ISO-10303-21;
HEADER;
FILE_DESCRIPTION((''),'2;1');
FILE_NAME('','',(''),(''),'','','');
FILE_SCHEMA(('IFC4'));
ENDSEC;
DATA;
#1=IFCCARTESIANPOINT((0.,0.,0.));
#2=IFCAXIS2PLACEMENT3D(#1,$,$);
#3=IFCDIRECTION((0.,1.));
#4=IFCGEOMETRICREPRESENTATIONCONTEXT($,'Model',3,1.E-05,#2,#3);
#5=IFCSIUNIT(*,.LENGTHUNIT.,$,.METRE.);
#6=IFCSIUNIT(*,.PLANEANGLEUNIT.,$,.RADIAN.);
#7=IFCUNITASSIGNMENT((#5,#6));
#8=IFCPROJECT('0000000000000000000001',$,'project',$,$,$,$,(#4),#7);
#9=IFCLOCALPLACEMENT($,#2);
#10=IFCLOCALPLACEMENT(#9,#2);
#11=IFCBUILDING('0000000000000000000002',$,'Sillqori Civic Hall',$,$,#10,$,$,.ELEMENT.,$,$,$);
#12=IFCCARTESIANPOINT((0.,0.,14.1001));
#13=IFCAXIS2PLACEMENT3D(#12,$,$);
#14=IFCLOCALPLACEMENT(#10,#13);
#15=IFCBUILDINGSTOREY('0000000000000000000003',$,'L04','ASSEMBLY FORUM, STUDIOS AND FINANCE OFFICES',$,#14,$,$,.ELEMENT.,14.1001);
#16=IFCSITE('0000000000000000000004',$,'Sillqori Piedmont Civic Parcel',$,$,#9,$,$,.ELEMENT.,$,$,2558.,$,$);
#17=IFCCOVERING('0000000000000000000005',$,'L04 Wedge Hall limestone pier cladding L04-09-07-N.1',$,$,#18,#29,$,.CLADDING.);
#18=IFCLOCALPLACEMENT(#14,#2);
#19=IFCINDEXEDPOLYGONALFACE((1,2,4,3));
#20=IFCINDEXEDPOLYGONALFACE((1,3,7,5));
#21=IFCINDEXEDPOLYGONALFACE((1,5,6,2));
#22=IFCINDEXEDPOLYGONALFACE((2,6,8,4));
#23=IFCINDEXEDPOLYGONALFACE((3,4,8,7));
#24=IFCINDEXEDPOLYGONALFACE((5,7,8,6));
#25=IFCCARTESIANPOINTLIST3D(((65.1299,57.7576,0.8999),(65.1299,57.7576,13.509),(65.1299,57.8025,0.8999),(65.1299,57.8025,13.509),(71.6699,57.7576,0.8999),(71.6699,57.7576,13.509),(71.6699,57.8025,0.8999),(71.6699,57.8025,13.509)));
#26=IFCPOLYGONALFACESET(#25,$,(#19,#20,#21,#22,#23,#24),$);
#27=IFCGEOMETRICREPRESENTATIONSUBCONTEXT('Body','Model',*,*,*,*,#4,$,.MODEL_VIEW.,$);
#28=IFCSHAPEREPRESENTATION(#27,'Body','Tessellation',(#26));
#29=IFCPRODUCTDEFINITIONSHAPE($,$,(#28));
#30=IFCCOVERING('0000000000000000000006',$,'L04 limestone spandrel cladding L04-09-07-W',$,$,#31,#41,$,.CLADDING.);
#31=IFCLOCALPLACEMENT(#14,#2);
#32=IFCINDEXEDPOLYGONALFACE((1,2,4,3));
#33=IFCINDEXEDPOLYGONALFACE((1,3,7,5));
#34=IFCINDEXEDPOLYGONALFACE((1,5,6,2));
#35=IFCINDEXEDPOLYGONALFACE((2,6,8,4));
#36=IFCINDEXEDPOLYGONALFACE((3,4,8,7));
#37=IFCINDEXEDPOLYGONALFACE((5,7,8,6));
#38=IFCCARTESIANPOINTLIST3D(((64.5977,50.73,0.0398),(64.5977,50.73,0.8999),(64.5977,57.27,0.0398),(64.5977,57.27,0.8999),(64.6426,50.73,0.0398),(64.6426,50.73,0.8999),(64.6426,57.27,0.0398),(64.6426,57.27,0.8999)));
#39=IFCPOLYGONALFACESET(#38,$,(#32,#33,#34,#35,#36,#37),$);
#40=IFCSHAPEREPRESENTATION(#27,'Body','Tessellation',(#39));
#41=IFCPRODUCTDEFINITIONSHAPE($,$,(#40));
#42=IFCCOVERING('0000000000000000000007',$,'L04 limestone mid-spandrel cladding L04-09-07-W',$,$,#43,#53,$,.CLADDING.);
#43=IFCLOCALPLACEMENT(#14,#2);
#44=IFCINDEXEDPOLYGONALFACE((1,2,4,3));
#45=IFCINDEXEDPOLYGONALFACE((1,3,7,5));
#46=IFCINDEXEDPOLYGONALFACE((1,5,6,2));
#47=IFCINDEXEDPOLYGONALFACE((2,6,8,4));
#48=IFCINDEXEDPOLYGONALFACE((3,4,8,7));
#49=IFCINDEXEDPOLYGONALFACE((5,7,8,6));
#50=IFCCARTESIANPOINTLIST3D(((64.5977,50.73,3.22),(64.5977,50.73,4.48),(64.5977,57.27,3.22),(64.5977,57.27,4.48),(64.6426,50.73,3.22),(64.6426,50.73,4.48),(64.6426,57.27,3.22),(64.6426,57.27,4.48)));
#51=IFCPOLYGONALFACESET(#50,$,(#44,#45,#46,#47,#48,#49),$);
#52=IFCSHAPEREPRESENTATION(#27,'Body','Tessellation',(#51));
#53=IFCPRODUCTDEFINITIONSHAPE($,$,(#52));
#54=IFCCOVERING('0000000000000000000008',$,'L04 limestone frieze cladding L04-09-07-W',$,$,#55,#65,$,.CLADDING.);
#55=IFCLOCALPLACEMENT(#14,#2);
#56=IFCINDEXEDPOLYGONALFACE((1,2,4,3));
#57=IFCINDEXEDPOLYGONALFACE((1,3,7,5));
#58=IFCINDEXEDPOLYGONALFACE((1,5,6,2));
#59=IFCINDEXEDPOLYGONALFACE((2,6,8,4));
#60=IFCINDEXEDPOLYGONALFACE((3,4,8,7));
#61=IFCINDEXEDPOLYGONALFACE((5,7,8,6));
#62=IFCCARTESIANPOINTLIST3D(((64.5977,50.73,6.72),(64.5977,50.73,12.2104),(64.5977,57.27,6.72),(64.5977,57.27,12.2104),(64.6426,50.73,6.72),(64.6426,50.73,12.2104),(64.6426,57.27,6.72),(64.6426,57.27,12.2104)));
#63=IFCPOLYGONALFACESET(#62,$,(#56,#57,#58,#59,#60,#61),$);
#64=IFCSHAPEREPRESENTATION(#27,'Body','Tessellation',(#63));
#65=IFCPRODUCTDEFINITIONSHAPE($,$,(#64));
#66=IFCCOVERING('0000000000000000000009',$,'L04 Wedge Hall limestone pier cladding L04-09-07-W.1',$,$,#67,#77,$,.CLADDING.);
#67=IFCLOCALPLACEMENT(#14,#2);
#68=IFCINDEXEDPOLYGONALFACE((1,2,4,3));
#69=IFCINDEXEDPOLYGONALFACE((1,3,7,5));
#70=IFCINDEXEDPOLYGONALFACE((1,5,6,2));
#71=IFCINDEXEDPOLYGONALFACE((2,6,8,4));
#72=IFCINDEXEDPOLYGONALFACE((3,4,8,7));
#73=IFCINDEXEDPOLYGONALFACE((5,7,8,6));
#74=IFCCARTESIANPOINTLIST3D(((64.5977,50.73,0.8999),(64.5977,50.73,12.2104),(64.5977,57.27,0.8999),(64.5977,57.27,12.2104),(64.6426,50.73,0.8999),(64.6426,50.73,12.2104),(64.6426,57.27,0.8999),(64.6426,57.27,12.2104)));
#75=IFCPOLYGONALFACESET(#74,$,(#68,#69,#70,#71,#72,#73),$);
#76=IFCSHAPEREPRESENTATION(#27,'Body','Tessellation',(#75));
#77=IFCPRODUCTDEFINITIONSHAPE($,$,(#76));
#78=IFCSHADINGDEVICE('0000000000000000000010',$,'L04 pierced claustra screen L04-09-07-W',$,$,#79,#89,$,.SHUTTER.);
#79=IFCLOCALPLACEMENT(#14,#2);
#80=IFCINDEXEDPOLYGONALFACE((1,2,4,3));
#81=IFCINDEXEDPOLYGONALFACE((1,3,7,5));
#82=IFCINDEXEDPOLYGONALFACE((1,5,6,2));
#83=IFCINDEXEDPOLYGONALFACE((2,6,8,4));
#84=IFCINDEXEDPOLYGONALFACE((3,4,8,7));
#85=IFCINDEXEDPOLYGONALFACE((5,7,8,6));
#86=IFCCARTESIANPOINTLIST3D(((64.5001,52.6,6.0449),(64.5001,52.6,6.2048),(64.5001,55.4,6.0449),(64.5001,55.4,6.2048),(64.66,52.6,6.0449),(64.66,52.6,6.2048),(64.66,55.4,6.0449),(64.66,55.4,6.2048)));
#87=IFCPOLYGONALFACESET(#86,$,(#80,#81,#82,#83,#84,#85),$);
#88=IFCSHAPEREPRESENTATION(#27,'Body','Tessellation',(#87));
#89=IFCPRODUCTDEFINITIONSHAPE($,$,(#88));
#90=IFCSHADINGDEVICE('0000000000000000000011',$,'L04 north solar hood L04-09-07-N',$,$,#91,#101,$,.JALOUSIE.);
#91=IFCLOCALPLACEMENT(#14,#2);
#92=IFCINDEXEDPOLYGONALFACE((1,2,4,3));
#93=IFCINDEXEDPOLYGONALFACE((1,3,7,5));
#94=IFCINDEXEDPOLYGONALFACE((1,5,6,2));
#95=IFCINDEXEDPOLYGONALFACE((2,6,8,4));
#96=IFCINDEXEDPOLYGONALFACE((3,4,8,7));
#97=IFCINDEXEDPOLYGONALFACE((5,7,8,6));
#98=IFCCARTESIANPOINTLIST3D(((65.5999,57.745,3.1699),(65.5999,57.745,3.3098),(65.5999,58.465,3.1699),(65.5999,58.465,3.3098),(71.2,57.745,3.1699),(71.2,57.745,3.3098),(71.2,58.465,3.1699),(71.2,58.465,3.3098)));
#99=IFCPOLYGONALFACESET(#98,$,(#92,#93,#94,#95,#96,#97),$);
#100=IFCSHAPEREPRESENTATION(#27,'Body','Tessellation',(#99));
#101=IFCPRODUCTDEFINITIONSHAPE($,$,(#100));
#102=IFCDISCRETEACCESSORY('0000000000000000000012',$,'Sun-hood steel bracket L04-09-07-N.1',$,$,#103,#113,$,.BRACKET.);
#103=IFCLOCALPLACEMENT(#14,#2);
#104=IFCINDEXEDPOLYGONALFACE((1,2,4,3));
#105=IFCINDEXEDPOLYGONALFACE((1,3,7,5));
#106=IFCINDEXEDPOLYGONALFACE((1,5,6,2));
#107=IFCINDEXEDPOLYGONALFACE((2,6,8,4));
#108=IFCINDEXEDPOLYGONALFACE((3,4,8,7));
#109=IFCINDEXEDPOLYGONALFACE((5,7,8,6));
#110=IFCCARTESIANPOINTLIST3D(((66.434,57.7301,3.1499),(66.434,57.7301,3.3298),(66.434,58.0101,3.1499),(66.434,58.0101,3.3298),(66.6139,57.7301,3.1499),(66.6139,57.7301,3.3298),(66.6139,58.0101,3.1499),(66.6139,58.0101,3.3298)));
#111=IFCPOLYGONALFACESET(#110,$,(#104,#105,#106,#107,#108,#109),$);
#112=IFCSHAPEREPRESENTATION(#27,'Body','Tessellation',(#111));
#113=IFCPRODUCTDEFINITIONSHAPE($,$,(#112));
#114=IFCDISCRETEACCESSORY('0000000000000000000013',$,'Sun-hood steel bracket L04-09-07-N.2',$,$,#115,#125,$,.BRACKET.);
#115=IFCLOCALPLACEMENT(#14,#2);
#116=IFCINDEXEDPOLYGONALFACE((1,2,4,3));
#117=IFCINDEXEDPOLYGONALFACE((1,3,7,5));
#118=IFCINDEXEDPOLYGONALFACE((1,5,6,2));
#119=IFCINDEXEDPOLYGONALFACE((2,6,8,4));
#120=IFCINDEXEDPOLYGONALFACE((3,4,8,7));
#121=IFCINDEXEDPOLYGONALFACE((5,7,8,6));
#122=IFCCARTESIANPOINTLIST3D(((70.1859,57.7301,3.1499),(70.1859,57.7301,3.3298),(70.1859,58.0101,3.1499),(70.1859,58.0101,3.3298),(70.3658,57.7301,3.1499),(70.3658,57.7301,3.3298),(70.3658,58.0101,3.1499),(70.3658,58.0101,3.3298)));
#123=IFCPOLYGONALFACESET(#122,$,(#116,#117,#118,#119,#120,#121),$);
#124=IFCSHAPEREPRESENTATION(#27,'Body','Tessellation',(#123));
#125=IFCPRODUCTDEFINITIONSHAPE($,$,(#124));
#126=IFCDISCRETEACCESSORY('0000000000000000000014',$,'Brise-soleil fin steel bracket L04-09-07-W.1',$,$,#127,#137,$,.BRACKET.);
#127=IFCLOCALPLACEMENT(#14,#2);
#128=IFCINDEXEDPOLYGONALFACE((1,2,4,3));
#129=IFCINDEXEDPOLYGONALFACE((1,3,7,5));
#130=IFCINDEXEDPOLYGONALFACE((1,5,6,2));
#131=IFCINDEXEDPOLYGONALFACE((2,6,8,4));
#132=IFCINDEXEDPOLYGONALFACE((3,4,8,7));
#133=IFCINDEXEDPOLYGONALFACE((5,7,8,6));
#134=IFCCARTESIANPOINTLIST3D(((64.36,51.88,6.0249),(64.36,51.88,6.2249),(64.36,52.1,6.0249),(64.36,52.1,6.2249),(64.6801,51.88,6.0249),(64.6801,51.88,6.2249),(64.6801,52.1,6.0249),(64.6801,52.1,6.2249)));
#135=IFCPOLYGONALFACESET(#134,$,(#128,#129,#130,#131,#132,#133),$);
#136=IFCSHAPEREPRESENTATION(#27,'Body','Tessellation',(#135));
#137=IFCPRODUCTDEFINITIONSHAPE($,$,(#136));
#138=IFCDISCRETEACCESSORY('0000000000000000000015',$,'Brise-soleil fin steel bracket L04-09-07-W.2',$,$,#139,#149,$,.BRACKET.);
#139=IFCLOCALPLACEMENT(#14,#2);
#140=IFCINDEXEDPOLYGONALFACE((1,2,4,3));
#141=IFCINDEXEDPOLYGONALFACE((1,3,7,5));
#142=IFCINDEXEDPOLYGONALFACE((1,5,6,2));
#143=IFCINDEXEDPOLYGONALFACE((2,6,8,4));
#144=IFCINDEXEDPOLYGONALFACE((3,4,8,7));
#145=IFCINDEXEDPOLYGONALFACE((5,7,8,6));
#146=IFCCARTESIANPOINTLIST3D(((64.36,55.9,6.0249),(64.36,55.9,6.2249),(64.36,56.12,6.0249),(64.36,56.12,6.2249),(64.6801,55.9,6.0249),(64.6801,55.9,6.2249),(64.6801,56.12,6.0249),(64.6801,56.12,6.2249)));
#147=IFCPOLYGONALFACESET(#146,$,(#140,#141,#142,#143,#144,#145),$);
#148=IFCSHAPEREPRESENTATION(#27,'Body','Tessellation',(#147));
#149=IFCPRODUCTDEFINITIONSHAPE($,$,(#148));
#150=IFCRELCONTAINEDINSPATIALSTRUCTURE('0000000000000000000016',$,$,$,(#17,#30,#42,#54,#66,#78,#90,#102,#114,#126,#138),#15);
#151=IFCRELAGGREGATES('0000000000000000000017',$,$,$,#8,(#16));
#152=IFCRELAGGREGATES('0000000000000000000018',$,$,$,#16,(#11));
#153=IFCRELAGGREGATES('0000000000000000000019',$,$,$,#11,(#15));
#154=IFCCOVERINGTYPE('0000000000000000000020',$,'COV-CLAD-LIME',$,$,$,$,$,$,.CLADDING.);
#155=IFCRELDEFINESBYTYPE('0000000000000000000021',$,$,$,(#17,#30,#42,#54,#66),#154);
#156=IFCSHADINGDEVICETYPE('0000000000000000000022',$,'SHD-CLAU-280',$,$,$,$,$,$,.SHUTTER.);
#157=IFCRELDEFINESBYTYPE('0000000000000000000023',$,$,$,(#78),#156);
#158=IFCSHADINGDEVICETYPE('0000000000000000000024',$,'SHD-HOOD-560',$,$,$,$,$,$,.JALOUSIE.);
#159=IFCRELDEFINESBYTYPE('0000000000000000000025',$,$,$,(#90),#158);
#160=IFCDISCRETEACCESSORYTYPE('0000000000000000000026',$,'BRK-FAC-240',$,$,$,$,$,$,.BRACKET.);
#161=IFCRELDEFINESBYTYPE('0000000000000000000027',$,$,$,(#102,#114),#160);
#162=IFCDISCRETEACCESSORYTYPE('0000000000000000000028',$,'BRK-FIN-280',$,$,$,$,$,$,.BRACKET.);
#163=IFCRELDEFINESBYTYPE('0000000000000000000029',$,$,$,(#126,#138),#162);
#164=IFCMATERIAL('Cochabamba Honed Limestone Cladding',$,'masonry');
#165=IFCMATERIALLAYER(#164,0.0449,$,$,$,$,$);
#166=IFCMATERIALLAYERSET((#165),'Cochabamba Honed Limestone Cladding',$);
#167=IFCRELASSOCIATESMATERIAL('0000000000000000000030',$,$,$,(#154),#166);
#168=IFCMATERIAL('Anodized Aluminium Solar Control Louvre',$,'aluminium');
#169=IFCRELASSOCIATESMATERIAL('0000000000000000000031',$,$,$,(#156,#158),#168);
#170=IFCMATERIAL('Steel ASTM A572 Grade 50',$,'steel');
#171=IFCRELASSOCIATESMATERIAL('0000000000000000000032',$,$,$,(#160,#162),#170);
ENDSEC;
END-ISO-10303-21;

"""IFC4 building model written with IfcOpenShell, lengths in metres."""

from ifc_helpers import new_model, si_unit, direction, frame, frame_2d, origin, origin_2d, place, context, subcontext, project, spatial, rectangle, extrude, material, layer, layer_set, type_object, element, save


model = new_model("IFC4")

# Units and contexts
model_context = context("Model", 3, precision=1e-05, world=origin(), true_north=direction((0.0, 1.0)))
body_context = subcontext(model_context, "Body", "Model", "MODEL_VIEW")
ifc_project = project(units=[si_unit("LENGTHUNIT", "METRE"), si_unit("PLANEANGLEUNIT", "RADIAN")], contexts=[model_context])

# Site, building, storey
site_placement = place(None, origin())
site = spatial("IfcSite", under=ifc_project, at=site_placement, Name="Sillqori Piedmont Civic Parcel", CompositionType="ELEMENT", RefElevation=2558.0)
building_placement = place(site_placement, origin())
building = spatial("IfcBuilding", under=site, at=building_placement, Name="Sillqori Civic Hall", CompositionType="ELEMENT")
storey_placement = place(building_placement, frame((0.0, 0.0, 14.1001)))
storey = spatial("IfcBuildingStorey", under=building, at=storey_placement, Name="L04", Description="ASSEMBLY FORUM, STUDIOS AND FINANCE OFFICES", CompositionType="ELEMENT", Elevation=14.1001)

# Coverings
ifc_material_1 = material(Name="Cochabamba Honed Limestone Cladding", Category="masonry")
ifc_layer_1 = layer(ifc_material_1, 0.0449)
ifc_layer_set_1 = layer_set([ifc_layer_1], Name="Cochabamba Honed Limestone Cladding")
covering_type = type_object("IfcCoveringType", Name="COV-CLAD-LIME", PredefinedType="CLADDING", material=ifc_layer_set_1)
covering_1_placement = place(storey_placement, frame((65.1299, 57.78, 0.8999), z_axis=(0.0, 0.0, 1.0), x_axis=(1.0, 0.0, 0.0)))
element("IfcCovering", 1, at=covering_1_placement, inside=storey, type_object=covering_type, Name="L04 Wedge Hall limestone pier cladding L04-09-07-N.1", PredefinedType="CLADDING", context=body_context, shape_type="SweptSolid", body=[
    extrude(rectangle(XDim=6.54, YDim=0.0449, at=frame_2d((3.27, 0.0))), origin(), (0.0, 0.0, 1.0), 12.6091),
])
covering_2_placement = place(storey_placement, frame((64.6201, 50.73, 0.0398), z_axis=(0.0, 0.0, 1.0), x_axis=(0.0, 1.0, 0.0)))
element("IfcCovering", 2, at=covering_2_placement, inside=storey, type_object=covering_type, Name="L04 limestone spandrel cladding L04-09-07-W", PredefinedType="CLADDING", context=body_context, shape_type="SweptSolid", body=[
    extrude(rectangle(XDim=6.54, YDim=0.0449, at=frame_2d((3.27, 0.0))), origin(), (0.0, 0.0, 1.0), 0.8601),
])
covering_3_placement = place(storey_placement, frame((64.6201, 50.73, 3.22), z_axis=(0.0, 0.0, 1.0), x_axis=(0.0, 1.0, 0.0)))
element("IfcCovering", 3, at=covering_3_placement, inside=storey, type_object=covering_type, Name="L04 limestone mid-spandrel cladding L04-09-07-W", PredefinedType="CLADDING", context=body_context, shape_type="SweptSolid", body=[
    extrude(rectangle(XDim=6.54, YDim=0.0449, at=frame_2d((3.27, 0.0))), origin(), (0.0, 0.0, 1.0), 1.26),
])
covering_4_placement = place(storey_placement, frame((64.6201, 50.73, 6.72), z_axis=(0.0, 0.0, 1.0), x_axis=(0.0, 1.0, 0.0)))
element("IfcCovering", 4, at=covering_4_placement, inside=storey, type_object=covering_type, Name="L04 limestone frieze cladding L04-09-07-W", PredefinedType="CLADDING", context=body_context, shape_type="SweptSolid", body=[
    extrude(rectangle(XDim=6.54, YDim=0.0449, at=frame_2d((3.27, 0.0))), origin(), (0.0, 0.0, 1.0), 5.4905),
])
covering_5_placement = place(storey_placement, frame((64.6201, 50.73, 0.8999), z_axis=(0.0, 0.0, 1.0), x_axis=(0.0, 1.0, 0.0)))
element("IfcCovering", 5, at=covering_5_placement, inside=storey, type_object=covering_type, Name="L04 Wedge Hall limestone pier cladding L04-09-07-W.1", PredefinedType="CLADDING", context=body_context, shape_type="SweptSolid", body=[
    extrude(rectangle(XDim=6.54, YDim=0.0449, at=frame_2d((3.27, 0.0))), origin(), (0.0, 0.0, 1.0), 11.3105),
])

# Shading devices
ifc_material_2 = material(Name="Anodized Aluminium Solar Control Louvre", Category="aluminium")
shading_device_type_1 = type_object("IfcShadingDeviceType", Name="SHD-CLAU-280", PredefinedType="SHUTTER", material=ifc_material_2)
shading_device_1_placement = place(storey_placement, frame((64.5801, 54.0, 6.0449), z_axis=(0.0, 0.0, 1.0), x_axis=(0.0, 1.0, 0.0)))
element("IfcShadingDevice", 6, at=shading_device_1_placement, inside=storey, type_object=shading_device_type_1, Name="L04 pierced claustra screen L04-09-07-W", PredefinedType="SHUTTER", context=body_context, shape_type="SweptSolid", body=[
    extrude(rectangle(XDim=2.8, YDim=0.1599, at=origin_2d()), origin(), (0.0, 0.0, 1.0), 0.1599),
])
shading_device_type_2 = type_object("IfcShadingDeviceType", Name="SHD-HOOD-560", PredefinedType="JALOUSIE", material=ifc_material_2)
shading_device_2_placement = place(storey_placement, frame((68.3999, 58.105, 3.1699), z_axis=(0.0, 0.0, 1.0), x_axis=(1.0, 0.0, 0.0)))
element("IfcShadingDevice", 7, at=shading_device_2_placement, inside=storey, type_object=shading_device_type_2, Name="L04 north solar hood L04-09-07-N", PredefinedType="JALOUSIE", context=body_context, shape_type="SweptSolid", body=[
    extrude(rectangle(XDim=5.6001, YDim=0.72, at=origin_2d()), origin(), (0.0, 0.0, 1.0), 0.1399),
])

# Discrete accessories
ifc_material_3 = material(Name="Steel ASTM A572 Grade 50", Category="steel")
discrete_accessory_type_1 = type_object("IfcDiscreteAccessoryType", Name="BRK-FAC-240", PredefinedType="BRACKET", material=ifc_material_3)
for number, where, z_axis, x_axis, name in (
    (8, (66.5239, 57.8701, 3.1499), (0.0, 0.0, 1.0), (1.0, 0.0, 0.0), "Sun-hood steel bracket L04-09-07-N.1"),
    (9, (70.2759, 57.8701, 3.1499), (0.0, 0.0, 1.0), (1.0, 0.0, 0.0), "Sun-hood steel bracket L04-09-07-N.2"),
):
    element("IfcDiscreteAccessory", number, at=place(storey_placement, frame(where, z_axis=z_axis, x_axis=x_axis)), inside=storey, type_object=discrete_accessory_type_1, Name=name, PredefinedType="BRACKET", context=body_context, shape_type="SweptSolid", body=[
        extrude(rectangle(XDim=0.1799, YDim=0.28, at=origin_2d()), origin(), (0.0, 0.0, 1.0), 0.1799),
    ])
discrete_accessory_type_2 = type_object("IfcDiscreteAccessoryType", Name="BRK-FIN-280", PredefinedType="BRACKET", material=ifc_material_3)
for number, where, z_axis, x_axis, name in (
    (10, (64.52, 51.99, 6.0249), (0.0, 0.0, 1.0), (0.0, 1.0, 0.0), "Brise-soleil fin steel bracket L04-09-07-W.1"),
    (11, (64.52, 56.01, 6.0249), (0.0, 0.0, 1.0), (0.0, 1.0, 0.0), "Brise-soleil fin steel bracket L04-09-07-W.2"),
):
    element("IfcDiscreteAccessory", number, at=place(storey_placement, frame(where, z_axis=z_axis, x_axis=x_axis)), inside=storey, type_object=discrete_accessory_type_2, Name=name, PredefinedType="BRACKET", context=body_context, shape_type="SweptSolid", body=[
        extrude(rectangle(XDim=0.22, YDim=0.3201, at=origin_2d()), origin(), (0.0, 0.0, 1.0), 0.2),
    ])

save(model, "model.ifc")
